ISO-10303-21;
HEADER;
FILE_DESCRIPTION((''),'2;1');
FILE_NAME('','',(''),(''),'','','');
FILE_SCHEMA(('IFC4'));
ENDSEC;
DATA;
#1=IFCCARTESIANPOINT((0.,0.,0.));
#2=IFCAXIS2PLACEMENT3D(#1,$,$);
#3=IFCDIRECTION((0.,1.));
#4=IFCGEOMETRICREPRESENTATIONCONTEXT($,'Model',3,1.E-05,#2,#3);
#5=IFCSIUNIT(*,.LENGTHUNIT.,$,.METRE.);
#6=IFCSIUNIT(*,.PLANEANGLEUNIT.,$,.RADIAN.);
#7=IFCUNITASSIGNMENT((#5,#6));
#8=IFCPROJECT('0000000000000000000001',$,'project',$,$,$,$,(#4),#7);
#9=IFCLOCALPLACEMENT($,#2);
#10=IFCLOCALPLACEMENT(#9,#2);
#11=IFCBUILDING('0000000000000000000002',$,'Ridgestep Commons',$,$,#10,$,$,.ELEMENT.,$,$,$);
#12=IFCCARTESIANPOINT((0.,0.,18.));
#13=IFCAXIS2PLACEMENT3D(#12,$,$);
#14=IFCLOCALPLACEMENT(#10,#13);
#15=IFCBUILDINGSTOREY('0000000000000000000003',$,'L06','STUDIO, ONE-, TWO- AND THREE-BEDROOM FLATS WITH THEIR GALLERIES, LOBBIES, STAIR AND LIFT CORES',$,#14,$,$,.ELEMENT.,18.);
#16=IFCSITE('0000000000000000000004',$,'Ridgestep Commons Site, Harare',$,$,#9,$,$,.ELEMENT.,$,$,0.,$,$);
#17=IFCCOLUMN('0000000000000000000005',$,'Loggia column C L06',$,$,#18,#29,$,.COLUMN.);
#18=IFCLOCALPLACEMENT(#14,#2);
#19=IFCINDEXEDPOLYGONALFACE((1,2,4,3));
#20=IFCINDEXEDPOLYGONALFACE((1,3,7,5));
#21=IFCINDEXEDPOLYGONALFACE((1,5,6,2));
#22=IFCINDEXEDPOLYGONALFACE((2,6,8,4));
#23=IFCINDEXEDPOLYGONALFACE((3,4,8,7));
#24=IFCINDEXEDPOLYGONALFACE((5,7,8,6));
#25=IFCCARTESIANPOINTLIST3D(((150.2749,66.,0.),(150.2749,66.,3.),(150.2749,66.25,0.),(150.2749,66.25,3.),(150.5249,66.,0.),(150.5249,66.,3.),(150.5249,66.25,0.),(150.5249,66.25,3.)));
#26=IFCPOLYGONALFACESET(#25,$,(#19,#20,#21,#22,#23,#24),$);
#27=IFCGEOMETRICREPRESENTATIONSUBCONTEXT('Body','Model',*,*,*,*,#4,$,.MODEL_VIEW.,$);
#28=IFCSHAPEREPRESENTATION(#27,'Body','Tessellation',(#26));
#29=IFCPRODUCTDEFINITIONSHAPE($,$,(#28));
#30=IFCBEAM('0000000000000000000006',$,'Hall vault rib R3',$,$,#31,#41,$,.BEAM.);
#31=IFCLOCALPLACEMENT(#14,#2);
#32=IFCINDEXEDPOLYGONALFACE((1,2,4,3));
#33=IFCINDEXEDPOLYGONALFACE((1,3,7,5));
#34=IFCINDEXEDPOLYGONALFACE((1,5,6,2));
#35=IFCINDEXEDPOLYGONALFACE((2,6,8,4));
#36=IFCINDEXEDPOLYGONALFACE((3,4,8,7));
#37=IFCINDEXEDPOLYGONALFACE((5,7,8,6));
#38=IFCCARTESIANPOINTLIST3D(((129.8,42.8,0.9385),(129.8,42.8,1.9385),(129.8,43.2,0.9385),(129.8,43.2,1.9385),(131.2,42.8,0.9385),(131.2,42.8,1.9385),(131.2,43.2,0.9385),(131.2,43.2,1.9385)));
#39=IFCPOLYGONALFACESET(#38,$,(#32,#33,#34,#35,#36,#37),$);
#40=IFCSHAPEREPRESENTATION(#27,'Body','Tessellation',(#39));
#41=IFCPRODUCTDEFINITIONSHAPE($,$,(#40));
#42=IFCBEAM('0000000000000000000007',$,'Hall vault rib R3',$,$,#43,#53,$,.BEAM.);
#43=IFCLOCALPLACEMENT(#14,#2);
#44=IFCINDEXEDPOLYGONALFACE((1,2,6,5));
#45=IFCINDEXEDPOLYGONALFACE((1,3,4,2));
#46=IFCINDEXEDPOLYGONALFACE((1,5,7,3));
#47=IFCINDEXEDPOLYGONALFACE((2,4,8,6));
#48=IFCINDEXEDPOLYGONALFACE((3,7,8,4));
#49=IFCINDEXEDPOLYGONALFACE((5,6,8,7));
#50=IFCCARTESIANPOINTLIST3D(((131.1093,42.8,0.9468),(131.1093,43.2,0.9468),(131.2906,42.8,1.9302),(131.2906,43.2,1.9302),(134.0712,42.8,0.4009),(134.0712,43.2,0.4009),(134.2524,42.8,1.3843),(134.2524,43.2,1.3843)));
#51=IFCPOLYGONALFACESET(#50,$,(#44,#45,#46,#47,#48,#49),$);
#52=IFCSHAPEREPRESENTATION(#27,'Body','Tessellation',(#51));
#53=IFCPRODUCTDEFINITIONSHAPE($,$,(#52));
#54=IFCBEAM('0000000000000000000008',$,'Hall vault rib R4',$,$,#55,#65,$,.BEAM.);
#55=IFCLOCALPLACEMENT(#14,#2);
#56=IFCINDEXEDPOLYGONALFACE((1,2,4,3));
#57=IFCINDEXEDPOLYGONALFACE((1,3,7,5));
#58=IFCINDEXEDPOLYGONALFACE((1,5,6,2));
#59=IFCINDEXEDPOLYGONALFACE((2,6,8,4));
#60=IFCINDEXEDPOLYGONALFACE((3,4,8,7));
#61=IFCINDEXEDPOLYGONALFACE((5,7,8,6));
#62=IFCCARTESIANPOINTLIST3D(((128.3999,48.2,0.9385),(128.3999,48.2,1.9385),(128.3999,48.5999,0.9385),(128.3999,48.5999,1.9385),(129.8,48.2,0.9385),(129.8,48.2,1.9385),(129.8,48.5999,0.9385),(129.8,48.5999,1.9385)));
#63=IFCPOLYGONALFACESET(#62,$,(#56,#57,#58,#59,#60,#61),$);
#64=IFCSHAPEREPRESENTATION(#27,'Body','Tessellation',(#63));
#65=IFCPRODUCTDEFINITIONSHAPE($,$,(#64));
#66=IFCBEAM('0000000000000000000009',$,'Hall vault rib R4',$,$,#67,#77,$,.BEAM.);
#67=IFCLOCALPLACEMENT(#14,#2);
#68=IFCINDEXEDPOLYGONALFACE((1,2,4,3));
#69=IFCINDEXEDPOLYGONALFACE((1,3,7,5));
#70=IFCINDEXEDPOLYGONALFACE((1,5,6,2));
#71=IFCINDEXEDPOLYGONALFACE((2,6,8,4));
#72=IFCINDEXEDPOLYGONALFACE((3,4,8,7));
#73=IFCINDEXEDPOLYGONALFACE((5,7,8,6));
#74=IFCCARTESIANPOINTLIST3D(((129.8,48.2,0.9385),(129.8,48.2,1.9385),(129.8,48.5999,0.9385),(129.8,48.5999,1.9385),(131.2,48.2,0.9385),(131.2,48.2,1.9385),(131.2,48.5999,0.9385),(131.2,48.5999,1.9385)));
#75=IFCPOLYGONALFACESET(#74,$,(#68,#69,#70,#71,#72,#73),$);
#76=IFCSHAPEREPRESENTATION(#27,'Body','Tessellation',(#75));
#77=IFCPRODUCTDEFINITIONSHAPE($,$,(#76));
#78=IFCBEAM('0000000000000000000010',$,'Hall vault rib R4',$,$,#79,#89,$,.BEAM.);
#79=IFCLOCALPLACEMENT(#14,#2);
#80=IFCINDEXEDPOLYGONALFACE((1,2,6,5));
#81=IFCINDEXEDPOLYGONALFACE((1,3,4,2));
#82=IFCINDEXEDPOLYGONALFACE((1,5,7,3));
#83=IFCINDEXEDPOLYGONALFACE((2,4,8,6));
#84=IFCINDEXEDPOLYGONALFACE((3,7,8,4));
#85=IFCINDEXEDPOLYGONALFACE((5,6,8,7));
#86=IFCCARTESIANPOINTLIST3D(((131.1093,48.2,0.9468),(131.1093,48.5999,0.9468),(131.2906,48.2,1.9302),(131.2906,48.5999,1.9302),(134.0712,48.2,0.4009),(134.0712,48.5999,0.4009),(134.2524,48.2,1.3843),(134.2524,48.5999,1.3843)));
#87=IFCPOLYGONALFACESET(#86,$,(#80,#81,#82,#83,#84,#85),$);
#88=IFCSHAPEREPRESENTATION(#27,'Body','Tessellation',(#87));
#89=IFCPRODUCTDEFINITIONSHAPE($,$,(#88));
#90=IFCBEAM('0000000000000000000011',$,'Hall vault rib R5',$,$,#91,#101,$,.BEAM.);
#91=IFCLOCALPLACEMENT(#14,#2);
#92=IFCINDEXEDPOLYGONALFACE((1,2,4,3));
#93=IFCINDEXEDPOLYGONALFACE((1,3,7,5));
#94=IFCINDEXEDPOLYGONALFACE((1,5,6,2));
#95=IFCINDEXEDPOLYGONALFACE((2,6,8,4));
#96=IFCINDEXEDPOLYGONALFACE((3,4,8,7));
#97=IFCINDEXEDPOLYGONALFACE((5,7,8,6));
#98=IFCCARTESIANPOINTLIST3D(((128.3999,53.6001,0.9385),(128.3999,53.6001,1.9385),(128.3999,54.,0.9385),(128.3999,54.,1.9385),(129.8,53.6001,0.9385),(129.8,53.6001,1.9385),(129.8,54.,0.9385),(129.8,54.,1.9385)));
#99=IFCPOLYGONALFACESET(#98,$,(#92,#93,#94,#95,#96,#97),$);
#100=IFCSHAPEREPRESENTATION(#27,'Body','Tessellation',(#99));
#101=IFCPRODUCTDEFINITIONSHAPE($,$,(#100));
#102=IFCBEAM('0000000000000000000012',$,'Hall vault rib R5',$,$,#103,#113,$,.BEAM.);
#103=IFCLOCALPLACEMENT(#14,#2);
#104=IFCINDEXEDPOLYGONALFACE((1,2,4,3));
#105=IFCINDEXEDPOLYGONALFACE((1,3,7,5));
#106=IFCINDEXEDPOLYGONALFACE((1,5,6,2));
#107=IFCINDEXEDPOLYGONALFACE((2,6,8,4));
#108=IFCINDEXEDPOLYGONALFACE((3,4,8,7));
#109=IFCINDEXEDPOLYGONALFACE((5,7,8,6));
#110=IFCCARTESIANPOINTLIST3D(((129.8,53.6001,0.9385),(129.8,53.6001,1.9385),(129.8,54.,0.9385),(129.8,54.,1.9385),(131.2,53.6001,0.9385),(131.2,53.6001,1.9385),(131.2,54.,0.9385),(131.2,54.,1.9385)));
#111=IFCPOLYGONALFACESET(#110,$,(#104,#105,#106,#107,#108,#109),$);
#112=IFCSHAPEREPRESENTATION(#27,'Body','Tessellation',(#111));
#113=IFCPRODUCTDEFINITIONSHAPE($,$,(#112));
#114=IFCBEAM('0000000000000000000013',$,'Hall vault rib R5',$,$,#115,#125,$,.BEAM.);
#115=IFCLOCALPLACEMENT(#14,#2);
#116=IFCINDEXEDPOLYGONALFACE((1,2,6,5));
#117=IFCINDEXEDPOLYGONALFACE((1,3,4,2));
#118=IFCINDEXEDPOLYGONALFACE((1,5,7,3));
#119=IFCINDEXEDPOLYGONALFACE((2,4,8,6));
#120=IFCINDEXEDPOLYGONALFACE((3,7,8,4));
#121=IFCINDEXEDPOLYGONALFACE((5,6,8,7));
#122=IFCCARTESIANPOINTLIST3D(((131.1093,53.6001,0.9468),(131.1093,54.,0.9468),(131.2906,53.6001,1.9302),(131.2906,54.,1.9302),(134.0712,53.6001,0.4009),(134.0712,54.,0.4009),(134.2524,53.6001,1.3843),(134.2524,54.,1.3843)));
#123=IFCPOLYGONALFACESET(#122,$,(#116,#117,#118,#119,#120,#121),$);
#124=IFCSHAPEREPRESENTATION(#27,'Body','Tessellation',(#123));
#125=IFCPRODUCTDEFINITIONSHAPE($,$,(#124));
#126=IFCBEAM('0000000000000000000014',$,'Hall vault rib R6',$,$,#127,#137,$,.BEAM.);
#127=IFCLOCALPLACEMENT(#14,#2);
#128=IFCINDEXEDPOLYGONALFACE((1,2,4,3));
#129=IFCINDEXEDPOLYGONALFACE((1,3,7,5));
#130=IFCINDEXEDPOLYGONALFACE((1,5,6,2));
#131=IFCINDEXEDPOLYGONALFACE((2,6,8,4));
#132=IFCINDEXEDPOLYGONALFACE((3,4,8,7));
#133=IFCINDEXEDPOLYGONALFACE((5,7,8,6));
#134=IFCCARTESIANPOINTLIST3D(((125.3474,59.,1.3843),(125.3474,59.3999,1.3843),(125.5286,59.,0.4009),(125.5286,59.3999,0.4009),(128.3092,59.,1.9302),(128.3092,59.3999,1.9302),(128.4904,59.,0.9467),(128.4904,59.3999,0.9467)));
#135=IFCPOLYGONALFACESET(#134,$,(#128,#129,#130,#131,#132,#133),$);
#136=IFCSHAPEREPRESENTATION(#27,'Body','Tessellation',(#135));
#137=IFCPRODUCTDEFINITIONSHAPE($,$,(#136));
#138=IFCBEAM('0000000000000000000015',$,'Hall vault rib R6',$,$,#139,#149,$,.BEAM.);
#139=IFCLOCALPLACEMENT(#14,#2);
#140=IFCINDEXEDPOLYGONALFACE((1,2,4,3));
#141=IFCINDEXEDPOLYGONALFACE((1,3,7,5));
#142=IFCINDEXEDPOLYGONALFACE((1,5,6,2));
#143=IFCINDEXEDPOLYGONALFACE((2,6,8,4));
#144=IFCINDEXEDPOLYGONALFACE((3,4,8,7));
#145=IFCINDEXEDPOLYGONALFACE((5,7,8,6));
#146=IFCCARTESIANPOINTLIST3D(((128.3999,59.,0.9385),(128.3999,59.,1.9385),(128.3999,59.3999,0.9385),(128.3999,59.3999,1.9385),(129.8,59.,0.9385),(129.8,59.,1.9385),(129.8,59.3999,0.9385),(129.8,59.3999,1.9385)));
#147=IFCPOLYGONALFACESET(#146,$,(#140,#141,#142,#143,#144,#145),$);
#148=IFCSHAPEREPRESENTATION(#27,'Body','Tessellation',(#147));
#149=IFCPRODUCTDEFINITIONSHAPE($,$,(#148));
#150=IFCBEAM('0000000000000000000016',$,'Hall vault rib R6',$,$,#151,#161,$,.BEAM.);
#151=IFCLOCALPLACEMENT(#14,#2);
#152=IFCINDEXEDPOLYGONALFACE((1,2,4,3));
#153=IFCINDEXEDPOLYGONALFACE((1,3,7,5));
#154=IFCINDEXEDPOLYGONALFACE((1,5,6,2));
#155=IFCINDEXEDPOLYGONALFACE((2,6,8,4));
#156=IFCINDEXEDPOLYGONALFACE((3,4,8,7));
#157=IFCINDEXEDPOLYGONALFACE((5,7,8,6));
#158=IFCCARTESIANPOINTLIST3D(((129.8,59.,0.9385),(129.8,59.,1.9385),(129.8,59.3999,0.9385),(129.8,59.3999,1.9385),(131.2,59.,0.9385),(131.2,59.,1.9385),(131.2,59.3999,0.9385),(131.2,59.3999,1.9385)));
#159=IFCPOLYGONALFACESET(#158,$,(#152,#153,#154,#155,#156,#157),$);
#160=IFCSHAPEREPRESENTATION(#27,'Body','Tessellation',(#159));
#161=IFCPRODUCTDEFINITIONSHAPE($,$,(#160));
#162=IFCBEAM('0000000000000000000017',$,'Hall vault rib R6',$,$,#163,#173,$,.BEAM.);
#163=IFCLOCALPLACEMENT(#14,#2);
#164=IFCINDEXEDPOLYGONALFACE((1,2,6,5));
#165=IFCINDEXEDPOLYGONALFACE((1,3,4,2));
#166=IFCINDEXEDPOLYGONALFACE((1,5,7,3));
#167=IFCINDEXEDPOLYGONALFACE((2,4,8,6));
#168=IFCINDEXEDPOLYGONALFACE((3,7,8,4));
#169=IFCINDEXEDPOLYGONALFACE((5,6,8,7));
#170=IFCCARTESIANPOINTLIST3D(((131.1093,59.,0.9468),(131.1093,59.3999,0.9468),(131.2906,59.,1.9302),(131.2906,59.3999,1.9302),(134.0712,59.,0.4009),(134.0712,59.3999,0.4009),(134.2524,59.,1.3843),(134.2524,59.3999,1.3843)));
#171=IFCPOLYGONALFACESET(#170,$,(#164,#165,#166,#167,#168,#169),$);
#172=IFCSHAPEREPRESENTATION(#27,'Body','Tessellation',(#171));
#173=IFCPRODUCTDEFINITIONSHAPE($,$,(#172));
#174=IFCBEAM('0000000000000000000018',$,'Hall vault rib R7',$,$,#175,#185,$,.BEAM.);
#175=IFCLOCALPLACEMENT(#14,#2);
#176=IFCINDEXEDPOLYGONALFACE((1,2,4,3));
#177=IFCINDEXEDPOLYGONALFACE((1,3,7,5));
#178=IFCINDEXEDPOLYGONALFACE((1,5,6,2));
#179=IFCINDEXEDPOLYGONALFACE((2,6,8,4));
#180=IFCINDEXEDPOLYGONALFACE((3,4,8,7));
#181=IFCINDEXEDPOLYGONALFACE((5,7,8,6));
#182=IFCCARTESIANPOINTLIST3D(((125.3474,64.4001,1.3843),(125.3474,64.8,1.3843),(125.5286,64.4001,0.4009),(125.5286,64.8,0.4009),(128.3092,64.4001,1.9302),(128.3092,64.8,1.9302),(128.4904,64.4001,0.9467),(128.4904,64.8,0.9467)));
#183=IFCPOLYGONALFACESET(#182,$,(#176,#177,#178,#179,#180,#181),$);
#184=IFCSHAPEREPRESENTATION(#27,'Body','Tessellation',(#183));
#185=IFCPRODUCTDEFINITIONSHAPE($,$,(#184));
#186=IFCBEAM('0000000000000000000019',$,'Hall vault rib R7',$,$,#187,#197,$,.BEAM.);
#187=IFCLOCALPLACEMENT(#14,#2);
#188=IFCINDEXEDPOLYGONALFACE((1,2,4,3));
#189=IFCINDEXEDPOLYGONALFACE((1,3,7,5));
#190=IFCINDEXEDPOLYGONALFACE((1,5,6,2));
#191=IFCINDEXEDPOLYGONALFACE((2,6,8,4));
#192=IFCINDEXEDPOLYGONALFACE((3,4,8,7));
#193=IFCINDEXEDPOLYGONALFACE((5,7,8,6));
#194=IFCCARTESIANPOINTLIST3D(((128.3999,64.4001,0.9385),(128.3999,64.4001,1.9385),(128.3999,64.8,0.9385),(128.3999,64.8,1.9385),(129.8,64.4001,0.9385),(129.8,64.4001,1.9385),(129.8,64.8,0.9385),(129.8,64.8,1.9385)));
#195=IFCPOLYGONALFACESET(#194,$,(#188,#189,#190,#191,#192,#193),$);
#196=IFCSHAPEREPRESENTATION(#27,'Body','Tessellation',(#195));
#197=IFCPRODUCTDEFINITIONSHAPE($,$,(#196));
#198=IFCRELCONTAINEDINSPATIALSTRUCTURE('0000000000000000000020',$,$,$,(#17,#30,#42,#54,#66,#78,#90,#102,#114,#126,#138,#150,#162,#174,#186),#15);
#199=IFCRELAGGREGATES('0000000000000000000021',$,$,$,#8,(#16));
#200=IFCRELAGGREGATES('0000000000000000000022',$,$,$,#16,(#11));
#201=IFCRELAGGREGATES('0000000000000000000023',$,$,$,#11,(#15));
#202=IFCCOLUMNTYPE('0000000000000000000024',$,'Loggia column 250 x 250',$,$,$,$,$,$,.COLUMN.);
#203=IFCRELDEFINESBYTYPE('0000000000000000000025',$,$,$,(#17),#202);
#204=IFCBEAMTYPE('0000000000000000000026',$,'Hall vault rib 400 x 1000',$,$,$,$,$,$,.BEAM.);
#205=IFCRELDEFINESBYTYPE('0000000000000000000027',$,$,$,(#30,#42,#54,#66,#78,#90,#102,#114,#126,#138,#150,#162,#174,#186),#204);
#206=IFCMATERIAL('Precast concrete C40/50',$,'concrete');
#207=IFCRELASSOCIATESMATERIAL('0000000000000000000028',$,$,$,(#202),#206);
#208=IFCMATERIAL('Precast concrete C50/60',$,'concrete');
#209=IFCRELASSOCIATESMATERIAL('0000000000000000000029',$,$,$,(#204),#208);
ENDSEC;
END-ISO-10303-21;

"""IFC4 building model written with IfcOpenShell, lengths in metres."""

from ifc_helpers import new_model, si_unit, direction, frame, origin, origin_2d, place, context, subcontext, project, spatial, rectangle, extrude, material, material_profile, profile_set, type_object, element, save


model = new_model("IFC4")

# Units and contexts
model_context = context("Model", 3, precision=1e-05, world=origin(), true_north=direction((0.0, 1.0)))
body_context = subcontext(model_context, "Body", "Model", "MODEL_VIEW")
ifc_project = project(units=[si_unit("LENGTHUNIT", "METRE"), si_unit("PLANEANGLEUNIT", "RADIAN")], contexts=[model_context])

# Site, building, storey
site_placement = place(None, origin())
site = spatial("IfcSite", under=ifc_project, at=site_placement, Name="Ridgestep Commons Site, Harare", CompositionType="ELEMENT", RefElevation=0.0)
building_placement = place(site_placement, origin())
building = spatial("IfcBuilding", under=site, at=building_placement, Name="Ridgestep Commons", CompositionType="ELEMENT")
storey_placement = place(building_placement, frame((0.0, 0.0, 18.0)))
storey = spatial("IfcBuildingStorey", under=building, at=storey_placement, Name="L06", Description="STUDIO, ONE-, TWO- AND THREE-BEDROOM FLATS WITH THEIR GALLERIES, LOBBIES, STAIR AND LIFT CORES", CompositionType="ELEMENT", Elevation=18.0)

# Column
ifc_material_1 = material(Name="Precast concrete C40/50", Category="concrete")
ifc_material_profile_1 = material_profile(ifc_material_1, rectangle(XDim=0.25, YDim=0.25, at=origin_2d()), Name="PC 250x250")
ifc_profile_set_1 = profile_set([ifc_material_profile_1], Name="Precast concrete C40/50")
column_type = type_object("IfcColumnType", Name="Loggia column 250 x 250", PredefinedType="COLUMN", material=ifc_profile_set_1)
column_placement = place(storey_placement, frame((150.3999, 66.125, 0.0), z_axis=(0.0, 0.0, 1.0), x_axis=(1.0, 0.0, 0.0)))
element("IfcColumn", 1, at=column_placement, inside=storey, type_object=column_type, Name="Loggia column C L06", PredefinedType="COLUMN", context=body_context, shape_type="SweptSolid", body=[
    extrude(rectangle(XDim=0.25, YDim=0.25, at=origin_2d()), origin(), (0.0, 0.0, 1.0), 3.0),
])

# Beams
ifc_material_2 = material(Name="Precast concrete C50/60", Category="concrete")
ifc_material_profile_2 = material_profile(ifc_material_2, rectangle(XDim=0.3999, YDim=1.0, at=origin_2d()), Name="Hall vault rib 400 x 1000")
ifc_profile_set_2 = profile_set([ifc_material_profile_2], Name="Precast concrete C50/60")
beam_type_1 = type_object("IfcBeamType", Name="Hall vault rib 400 x 1000", PredefinedType="BEAM", material=ifc_profile_set_2)
beam_1_placement = place(storey_placement, frame((129.8, 43.0, 1.4385), z_axis=(1.0, 0.0, 0.0), x_axis=(0.0, 1.0, 0.0)))
element("IfcBeam", 2, at=beam_1_placement, inside=storey, type_object=beam_type_1, Name="Hall vault rib R3", PredefinedType="BEAM", context=body_context, shape_type="SweptSolid", body=[
    extrude(rectangle(XDim=0.3999, YDim=1.0, at=origin_2d()), origin(), (0.0, 0.0, 1.0), 1.3999),
])
beam_2_placement = place(storey_placement, frame((131.2, 43.0, 1.4385), z_axis=(0.983436, 0.0, -0.181253), x_axis=(0.0, 1.0, 0.0)))
element("IfcBeam", 3, at=beam_2_placement, inside=storey, type_object=beam_type_1, Name="Hall vault rib R3", PredefinedType="BEAM", context=body_context, shape_type="SweptSolid", body=[
    extrude(rectangle(XDim=0.3999, YDim=1.0, at=origin_2d()), origin(), (0.0, 0.0, 1.0), 3.0117),
])
beam_3_placement = place(storey_placement, frame((128.3999, 48.3999, 1.4385), z_axis=(1.0, 0.0, 0.0), x_axis=(0.0, 1.0, 0.0)))
element("IfcBeam", 4, at=beam_3_placement, inside=storey, type_object=beam_type_1, Name="Hall vault rib R4", PredefinedType="BEAM", context=body_context, shape_type="SweptSolid", body=[
    extrude(rectangle(XDim=0.3999, YDim=1.0, at=origin_2d()), origin(), (0.0, 0.0, 1.0), 1.4001),
])
beam_4_placement = place(storey_placement, frame((129.8, 48.3999, 1.4385), z_axis=(1.0, 0.0, 0.0), x_axis=(0.0, 1.0, 0.0)))
element("IfcBeam", 5, at=beam_4_placement, inside=storey, type_object=beam_type_1, Name="Hall vault rib R4", PredefinedType="BEAM", context=body_context, shape_type="SweptSolid", body=[
    extrude(rectangle(XDim=0.3999, YDim=1.0, at=origin_2d()), origin(), (0.0, 0.0, 1.0), 1.3999),
])
beam_5_placement = place(storey_placement, frame((131.2, 48.3999, 1.4385), z_axis=(0.983436, 0.0, -0.181253), x_axis=(0.0, 1.0, 0.0)))
element("IfcBeam", 6, at=beam_5_placement, inside=storey, type_object=beam_type_1, Name="Hall vault rib R4", PredefinedType="BEAM", context=body_context, shape_type="SweptSolid", body=[
    extrude(rectangle(XDim=0.3999, YDim=1.0, at=origin_2d()), origin(), (0.0, 0.0, 1.0), 3.0117),
])
beam_6_placement = place(storey_placement, frame((128.3999, 53.8, 1.4385), z_axis=(1.0, 0.0, 0.0), x_axis=(0.0, 1.0, 0.0)))
element("IfcBeam", 7, at=beam_6_placement, inside=storey, type_object=beam_type_1, Name="Hall vault rib R5", PredefinedType="BEAM", context=body_context, shape_type="SweptSolid", body=[
    extrude(rectangle(XDim=0.3999, YDim=1.0, at=origin_2d()), origin(), (0.0, 0.0, 1.0), 1.4001),
])
beam_7_placement = place(storey_placement, frame((129.8, 53.8, 1.4385), z_axis=(1.0, 0.0, 0.0), x_axis=(0.0, 1.0, 0.0)))
element("IfcBeam", 8, at=beam_7_placement, inside=storey, type_object=beam_type_1, Name="Hall vault rib R5", PredefinedType="BEAM", context=body_context, shape_type="SweptSolid", body=[
    extrude(rectangle(XDim=0.3999, YDim=1.0, at=origin_2d()), origin(), (0.0, 0.0, 1.0), 1.3999),
])
for number, where, z_axis, x_axis, name in (
    (9, (131.2, 53.8, 1.4385), (0.983436, 0.0, -0.181253), (0.0, 1.0, 0.0), "Hall vault rib R5"),
    (10, (125.438, 59.2, 0.8926), (0.983436, 0.0, 0.181253), (0.0, 1.0, 0.0), "Hall vault rib R6"),
):
    element("IfcBeam", number, at=place(storey_placement, frame(where, z_axis=z_axis, x_axis=x_axis)), inside=storey, type_object=beam_type_1, Name=name, PredefinedType="BEAM", context=body_context, shape_type="SweptSolid", body=[
        extrude(rectangle(XDim=0.3999, YDim=1.0, at=origin_2d()), origin(), (0.0, 0.0, 1.0), 3.0117),
    ])
beam_8_placement = place(storey_placement, frame((128.3999, 59.2, 1.4385), z_axis=(1.0, 0.0, 0.0), x_axis=(0.0, 1.0, 0.0)))
element("IfcBeam", 11, at=beam_8_placement, inside=storey, type_object=beam_type_1, Name="Hall vault rib R6", PredefinedType="BEAM", context=body_context, shape_type="SweptSolid", body=[
    extrude(rectangle(XDim=0.3999, YDim=1.0, at=origin_2d()), origin(), (0.0, 0.0, 1.0), 1.4001),
])
beam_9_placement = place(storey_placement, frame((129.8, 59.2, 1.4385), z_axis=(1.0, 0.0, 0.0), x_axis=(0.0, 1.0, 0.0)))
element("IfcBeam", 12, at=beam_9_placement, inside=storey, type_object=beam_type_1, Name="Hall vault rib R6", PredefinedType="BEAM", context=body_context, shape_type="SweptSolid", body=[
    extrude(rectangle(XDim=0.3999, YDim=1.0, at=origin_2d()), origin(), (0.0, 0.0, 1.0), 1.3999),
])
for number, where, z_axis, x_axis, name in (
    (13, (131.2, 59.2, 1.4385), (0.983436, 0.0, -0.181253), (0.0, 1.0, 0.0), "Hall vault rib R6"),
    (14, (125.438, 64.6001, 0.8926), (0.983436, 0.0, 0.181253), (0.0, 1.0, 0.0), "Hall vault rib R7"),
):
    element("IfcBeam", number, at=place(storey_placement, frame(where, z_axis=z_axis, x_axis=x_axis)), inside=storey, type_object=beam_type_1, Name=name, PredefinedType="BEAM", context=body_context, shape_type="SweptSolid", body=[
        extrude(rectangle(XDim=0.3999, YDim=1.0, at=origin_2d()), origin(), (0.0, 0.0, 1.0), 3.0117),
    ])
beam_10_placement = place(storey_placement, frame((128.3999, 64.6001, 1.4385), z_axis=(1.0, 0.0, 0.0), x_axis=(0.0, 1.0, 0.0)))
element("IfcBeam", 15, at=beam_10_placement, inside=storey, type_object=beam_type_1, Name="Hall vault rib R7", PredefinedType="BEAM", context=body_context, shape_type="SweptSolid", body=[
    extrude(rectangle(XDim=0.3999, YDim=1.0, at=origin_2d()), origin(), (0.0, 0.0, 1.0), 1.4001),
])

save(model, "model.ifc")
